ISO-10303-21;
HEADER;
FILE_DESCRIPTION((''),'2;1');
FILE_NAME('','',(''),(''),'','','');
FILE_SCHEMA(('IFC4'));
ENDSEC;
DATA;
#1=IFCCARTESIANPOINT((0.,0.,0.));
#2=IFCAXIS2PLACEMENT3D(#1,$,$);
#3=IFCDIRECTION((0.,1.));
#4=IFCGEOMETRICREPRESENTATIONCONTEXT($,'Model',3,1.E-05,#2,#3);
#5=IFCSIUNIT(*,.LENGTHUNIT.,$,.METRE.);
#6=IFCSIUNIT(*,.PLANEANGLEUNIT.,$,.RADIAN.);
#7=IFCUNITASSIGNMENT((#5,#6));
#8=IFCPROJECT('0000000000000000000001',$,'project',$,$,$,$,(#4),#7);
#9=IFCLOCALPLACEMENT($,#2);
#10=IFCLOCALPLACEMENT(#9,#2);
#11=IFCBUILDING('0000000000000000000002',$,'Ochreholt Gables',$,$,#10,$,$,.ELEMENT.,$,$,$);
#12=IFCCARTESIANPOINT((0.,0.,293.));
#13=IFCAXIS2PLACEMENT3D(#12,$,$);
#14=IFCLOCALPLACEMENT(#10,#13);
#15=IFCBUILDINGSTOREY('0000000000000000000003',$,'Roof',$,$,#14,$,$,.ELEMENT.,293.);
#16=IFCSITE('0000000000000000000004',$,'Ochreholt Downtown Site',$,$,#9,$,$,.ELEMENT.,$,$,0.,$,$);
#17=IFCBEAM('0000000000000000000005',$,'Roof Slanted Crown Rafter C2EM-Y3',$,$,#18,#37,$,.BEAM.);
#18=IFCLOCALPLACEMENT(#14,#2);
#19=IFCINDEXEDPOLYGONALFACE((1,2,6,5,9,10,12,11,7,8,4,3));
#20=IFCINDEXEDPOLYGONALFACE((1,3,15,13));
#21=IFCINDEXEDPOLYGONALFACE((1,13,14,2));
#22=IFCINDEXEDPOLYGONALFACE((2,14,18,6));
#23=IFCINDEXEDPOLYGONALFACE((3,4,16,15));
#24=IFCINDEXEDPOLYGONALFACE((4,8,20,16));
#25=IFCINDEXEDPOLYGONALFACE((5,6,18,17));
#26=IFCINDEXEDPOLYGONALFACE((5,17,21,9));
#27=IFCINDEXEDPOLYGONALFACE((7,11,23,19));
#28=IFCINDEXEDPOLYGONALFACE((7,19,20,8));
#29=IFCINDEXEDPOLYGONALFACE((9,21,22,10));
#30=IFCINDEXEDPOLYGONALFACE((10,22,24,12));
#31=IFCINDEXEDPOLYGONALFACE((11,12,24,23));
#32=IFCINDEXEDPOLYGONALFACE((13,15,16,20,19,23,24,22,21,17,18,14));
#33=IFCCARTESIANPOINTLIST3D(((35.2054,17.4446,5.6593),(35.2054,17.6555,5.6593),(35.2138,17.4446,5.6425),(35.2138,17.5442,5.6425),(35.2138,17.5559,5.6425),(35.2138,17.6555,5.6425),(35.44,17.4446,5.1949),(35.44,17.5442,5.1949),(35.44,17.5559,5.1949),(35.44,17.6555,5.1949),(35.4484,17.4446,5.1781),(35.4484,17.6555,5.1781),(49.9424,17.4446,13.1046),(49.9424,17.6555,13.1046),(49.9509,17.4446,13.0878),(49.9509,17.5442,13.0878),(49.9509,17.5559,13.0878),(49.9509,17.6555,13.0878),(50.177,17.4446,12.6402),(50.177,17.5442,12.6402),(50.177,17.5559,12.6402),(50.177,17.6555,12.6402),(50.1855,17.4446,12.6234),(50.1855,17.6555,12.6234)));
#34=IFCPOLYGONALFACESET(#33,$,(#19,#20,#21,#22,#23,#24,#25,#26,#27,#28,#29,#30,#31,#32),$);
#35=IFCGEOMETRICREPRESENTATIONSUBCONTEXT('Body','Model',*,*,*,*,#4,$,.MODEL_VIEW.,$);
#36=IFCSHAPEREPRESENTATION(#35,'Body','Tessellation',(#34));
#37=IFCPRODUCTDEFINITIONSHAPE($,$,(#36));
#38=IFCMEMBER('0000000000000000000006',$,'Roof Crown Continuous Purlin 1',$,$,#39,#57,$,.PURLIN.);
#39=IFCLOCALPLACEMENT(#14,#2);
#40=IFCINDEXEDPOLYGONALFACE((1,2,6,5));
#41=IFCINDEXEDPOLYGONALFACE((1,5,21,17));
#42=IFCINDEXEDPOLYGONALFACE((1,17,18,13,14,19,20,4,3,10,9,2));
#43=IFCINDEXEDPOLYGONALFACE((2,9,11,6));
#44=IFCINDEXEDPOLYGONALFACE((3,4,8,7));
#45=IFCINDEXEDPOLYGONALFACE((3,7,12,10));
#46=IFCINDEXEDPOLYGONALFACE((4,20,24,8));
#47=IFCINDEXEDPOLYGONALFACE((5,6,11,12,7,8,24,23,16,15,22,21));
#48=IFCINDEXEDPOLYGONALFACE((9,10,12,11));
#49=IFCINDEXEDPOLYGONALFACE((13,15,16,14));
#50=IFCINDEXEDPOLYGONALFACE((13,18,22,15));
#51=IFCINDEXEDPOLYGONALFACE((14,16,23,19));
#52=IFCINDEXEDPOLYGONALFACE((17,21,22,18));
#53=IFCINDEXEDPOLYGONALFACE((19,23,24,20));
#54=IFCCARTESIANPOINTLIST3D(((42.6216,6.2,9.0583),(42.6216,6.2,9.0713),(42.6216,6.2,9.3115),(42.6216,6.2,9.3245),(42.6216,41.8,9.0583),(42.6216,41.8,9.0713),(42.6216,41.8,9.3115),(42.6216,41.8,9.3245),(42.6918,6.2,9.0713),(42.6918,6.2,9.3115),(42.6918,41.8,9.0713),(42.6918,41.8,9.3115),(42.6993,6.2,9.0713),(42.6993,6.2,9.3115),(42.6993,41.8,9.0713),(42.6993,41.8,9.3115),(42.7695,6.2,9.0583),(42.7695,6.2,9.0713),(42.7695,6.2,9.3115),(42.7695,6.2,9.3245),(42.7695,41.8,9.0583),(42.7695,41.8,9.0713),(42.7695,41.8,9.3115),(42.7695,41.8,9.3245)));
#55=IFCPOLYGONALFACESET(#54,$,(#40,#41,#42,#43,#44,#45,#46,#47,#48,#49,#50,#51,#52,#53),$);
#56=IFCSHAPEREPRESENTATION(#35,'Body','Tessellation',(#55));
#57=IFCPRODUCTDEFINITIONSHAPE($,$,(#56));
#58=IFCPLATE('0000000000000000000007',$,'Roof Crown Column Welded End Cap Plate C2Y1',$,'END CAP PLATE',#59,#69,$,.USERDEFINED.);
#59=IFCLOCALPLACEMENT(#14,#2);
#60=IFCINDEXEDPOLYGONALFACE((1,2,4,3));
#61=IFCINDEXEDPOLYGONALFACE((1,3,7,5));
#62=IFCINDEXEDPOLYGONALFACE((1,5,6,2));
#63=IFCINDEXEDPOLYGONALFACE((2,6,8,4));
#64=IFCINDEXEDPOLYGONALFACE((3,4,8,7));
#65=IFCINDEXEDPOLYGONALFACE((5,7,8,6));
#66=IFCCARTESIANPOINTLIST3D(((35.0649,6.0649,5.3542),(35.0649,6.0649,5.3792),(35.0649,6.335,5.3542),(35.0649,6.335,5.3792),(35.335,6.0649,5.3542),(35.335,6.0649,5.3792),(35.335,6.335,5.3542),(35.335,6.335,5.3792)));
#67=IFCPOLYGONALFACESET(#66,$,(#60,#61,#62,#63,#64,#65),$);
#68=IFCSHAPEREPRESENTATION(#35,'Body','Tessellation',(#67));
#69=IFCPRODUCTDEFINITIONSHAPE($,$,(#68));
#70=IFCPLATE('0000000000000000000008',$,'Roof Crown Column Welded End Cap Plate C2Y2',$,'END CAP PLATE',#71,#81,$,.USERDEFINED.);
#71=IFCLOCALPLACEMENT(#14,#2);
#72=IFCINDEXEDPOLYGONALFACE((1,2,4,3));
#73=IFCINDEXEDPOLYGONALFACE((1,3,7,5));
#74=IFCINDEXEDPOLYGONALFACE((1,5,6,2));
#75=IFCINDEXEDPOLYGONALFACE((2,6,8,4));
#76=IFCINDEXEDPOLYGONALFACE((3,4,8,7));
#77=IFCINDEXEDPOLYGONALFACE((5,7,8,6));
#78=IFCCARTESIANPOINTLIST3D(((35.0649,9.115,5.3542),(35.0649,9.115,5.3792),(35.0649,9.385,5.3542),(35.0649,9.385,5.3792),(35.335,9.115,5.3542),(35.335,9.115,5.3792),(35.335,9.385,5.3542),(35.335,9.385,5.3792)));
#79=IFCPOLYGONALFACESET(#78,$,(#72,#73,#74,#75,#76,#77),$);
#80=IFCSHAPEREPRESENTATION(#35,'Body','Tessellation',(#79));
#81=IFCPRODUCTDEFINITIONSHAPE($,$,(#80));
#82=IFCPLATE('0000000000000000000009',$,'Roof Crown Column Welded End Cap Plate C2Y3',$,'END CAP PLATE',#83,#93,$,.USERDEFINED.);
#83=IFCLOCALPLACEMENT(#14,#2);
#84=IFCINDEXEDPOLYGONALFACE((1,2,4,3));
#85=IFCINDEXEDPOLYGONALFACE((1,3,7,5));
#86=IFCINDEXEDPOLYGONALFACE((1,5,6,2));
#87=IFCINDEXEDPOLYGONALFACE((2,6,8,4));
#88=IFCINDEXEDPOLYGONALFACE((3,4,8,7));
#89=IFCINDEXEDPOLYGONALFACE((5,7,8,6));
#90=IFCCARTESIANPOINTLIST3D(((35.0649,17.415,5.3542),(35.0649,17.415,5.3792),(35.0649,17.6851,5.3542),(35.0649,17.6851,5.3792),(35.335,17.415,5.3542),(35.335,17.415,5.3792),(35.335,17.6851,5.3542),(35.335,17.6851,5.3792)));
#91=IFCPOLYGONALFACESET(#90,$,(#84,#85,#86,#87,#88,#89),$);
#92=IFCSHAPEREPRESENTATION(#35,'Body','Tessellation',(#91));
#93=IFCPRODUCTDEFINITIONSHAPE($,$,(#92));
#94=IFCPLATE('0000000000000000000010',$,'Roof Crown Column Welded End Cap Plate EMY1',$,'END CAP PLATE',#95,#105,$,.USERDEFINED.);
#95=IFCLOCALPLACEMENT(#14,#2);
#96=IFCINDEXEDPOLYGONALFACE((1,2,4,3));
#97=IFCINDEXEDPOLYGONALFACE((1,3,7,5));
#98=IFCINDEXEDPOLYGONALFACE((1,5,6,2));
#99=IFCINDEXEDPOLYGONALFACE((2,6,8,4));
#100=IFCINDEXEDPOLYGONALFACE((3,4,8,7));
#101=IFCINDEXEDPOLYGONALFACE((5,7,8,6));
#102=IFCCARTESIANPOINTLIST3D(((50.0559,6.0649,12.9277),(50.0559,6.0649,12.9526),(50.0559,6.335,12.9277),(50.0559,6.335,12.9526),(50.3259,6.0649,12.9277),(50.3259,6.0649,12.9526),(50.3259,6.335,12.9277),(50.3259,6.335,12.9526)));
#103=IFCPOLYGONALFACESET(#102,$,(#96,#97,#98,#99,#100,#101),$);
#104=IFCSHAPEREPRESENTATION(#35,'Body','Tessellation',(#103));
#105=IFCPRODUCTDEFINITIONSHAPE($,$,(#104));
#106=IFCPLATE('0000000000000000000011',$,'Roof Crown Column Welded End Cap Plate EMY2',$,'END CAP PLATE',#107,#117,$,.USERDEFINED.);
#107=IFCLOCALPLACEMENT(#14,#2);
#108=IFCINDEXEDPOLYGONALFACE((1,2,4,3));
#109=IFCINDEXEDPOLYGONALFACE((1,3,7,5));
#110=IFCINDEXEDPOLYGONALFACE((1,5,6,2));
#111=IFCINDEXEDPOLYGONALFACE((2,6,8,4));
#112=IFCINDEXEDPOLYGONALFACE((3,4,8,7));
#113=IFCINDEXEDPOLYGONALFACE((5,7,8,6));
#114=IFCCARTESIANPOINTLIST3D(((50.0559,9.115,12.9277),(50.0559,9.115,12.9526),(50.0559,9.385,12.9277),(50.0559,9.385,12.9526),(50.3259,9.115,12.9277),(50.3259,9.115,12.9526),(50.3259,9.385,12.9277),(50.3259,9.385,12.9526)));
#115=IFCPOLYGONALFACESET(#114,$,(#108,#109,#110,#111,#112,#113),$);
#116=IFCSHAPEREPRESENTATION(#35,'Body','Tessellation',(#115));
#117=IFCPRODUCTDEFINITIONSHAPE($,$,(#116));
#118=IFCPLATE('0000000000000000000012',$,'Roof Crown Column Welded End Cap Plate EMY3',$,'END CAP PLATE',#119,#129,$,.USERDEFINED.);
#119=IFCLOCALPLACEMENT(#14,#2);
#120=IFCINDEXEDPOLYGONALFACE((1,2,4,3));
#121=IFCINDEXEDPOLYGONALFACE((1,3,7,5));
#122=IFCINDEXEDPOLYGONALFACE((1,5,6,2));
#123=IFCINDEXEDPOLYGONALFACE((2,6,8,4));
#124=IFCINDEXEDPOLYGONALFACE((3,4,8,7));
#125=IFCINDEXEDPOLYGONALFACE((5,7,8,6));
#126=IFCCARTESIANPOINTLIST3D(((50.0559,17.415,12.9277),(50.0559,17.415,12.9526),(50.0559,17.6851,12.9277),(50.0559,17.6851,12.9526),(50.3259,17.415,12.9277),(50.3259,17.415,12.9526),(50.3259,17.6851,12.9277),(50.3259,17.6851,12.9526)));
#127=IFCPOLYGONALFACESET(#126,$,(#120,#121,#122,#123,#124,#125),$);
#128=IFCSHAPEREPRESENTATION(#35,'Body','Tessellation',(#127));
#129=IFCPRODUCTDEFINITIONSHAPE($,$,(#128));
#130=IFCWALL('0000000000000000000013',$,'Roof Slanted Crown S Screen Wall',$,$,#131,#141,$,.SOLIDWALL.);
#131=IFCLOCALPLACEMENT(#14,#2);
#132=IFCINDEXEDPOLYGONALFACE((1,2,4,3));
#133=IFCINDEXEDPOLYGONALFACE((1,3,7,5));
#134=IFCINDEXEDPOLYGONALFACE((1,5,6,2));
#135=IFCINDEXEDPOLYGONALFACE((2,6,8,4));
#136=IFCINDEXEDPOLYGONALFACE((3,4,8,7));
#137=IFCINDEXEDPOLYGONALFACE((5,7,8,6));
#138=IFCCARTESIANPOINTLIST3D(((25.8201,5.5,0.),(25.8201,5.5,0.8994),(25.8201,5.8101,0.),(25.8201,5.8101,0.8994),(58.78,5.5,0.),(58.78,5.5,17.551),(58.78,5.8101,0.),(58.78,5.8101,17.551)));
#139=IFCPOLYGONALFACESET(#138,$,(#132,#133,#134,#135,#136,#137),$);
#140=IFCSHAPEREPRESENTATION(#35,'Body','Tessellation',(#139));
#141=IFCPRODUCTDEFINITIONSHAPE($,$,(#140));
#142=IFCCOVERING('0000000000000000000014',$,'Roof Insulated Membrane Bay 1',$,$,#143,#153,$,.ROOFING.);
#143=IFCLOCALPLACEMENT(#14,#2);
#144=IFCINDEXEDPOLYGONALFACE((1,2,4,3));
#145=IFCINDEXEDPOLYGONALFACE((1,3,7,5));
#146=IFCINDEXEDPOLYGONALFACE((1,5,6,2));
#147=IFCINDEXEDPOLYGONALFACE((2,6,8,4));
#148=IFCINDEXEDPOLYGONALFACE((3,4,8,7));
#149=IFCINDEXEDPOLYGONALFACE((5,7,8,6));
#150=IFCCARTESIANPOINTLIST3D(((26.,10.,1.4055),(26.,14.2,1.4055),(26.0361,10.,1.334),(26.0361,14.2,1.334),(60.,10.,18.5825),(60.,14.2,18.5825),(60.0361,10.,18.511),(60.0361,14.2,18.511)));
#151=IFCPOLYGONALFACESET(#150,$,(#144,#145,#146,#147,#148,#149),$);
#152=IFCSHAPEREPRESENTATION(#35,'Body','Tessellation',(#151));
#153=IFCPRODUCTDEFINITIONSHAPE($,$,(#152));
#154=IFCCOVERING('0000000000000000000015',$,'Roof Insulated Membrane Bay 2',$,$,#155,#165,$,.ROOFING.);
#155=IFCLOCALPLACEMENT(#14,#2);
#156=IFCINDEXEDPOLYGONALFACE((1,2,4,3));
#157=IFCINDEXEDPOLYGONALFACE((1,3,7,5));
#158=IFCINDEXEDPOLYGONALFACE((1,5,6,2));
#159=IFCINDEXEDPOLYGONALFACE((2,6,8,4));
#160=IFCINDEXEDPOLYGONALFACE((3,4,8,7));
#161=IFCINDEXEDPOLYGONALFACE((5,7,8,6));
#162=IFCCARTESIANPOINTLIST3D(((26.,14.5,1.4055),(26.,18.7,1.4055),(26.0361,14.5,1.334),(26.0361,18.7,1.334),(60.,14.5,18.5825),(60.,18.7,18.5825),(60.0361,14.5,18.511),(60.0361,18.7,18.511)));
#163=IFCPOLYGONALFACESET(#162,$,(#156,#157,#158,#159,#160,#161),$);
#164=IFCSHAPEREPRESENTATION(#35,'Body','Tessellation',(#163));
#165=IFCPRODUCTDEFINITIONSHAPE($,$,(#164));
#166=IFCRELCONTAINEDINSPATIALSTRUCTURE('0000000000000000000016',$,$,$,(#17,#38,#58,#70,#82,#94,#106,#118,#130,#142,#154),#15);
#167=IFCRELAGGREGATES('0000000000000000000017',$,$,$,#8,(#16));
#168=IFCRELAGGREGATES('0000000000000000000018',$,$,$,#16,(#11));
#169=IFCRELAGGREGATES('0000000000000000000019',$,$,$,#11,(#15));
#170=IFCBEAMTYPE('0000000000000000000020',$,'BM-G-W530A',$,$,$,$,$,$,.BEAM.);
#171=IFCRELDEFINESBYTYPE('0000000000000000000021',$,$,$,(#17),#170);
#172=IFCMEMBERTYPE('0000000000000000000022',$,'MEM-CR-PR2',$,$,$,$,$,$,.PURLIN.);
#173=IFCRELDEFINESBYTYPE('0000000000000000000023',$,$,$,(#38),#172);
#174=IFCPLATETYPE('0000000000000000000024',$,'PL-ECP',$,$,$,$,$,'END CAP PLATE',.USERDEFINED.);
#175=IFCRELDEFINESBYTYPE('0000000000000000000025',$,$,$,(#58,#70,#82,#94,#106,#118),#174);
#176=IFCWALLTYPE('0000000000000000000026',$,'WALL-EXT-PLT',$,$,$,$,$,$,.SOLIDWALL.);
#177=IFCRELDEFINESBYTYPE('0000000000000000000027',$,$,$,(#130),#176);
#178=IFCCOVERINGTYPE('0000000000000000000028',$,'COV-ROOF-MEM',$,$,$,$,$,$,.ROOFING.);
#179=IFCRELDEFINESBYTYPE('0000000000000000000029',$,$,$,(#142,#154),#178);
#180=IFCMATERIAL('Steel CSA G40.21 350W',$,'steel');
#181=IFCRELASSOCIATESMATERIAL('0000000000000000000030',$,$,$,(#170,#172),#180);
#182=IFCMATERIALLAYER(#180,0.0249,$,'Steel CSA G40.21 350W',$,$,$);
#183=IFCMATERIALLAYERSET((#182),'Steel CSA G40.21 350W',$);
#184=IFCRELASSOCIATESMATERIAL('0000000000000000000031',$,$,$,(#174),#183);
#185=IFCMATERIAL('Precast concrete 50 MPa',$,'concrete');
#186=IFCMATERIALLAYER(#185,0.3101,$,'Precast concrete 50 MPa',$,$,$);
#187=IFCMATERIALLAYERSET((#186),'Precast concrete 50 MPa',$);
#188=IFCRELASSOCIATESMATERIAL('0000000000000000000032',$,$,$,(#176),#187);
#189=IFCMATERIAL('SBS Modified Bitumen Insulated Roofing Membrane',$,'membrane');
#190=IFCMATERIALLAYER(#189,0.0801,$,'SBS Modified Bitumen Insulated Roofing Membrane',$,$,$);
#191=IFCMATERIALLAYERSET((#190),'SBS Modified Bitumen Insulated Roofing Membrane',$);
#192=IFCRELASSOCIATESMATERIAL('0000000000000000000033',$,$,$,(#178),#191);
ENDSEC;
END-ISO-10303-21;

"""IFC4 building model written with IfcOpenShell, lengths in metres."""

from ifc_helpers import new_model, si_unit, direction, frame, origin, origin_2d, place, context, subcontext, project, spatial, polyline, rectangle, i_section, outline, extrude, material, layer, layer_set, material_profile, profile_set, type_object, element, save


model = new_model("IFC4")

# Units and contexts
model_context = context("Model", 3, precision=1e-05, world=origin(), true_north=direction((0.0, 1.0)))
body_context = subcontext(model_context, "Body", "Model", "MODEL_VIEW")
ifc_project = project(units=[si_unit("LENGTHUNIT", "METRE"), si_unit("PLANEANGLEUNIT", "RADIAN")], contexts=[model_context])

# Site, building, storey
site_placement = place(None, origin())
site = spatial("IfcSite", under=ifc_project, at=site_placement, Name="Ochreholt Downtown Site", CompositionType="ELEMENT", RefElevation=0.0)
building_placement = place(site_placement, origin())
building = spatial("IfcBuilding", under=site, at=building_placement, Name="Ochreholt Gables", CompositionType="ELEMENT")
storey_placement = place(building_placement, frame((0.0, 0.0, 293.0)))
storey = spatial("IfcBuildingStorey", under=building, at=storey_placement, Name="Roof", CompositionType="ELEMENT", Elevation=293.0)

# Shared definitions
ifc_material_1 = material(Name="Steel CSA G40.21 350W", Category="steel")

# Beam
ifc_material_profile_1 = material_profile(ifc_material_1, i_section(OverallWidth=0.2109, OverallDepth=0.5391, WebThickness=0.0117, FlangeThickness=0.0188, at=origin_2d()), Name="W530X109")
ifc_profile_set_1 = profile_set([ifc_material_profile_1], Name="Steel CSA G40.21 350W")
beam_type_1 = type_object("IfcBeamType", Name="BM-G-W530A", PredefinedType="BEAM", material=ifc_profile_set_1)
for number, where, z_axis, x_axis, name in (
    (1, (35.3269, 17.55, 5.4187), (0.892559, 0.0, 0.45093), (0.0, 1.0, 0.0), "Roof Slanted Crown Rafter C2EM-Y3"),
):
    element("IfcBeam", number, at=place(storey_placement, frame(where, z_axis=z_axis, x_axis=x_axis)), inside=storey, type_object=beam_type_1, Name=name, PredefinedType="BEAM", context=body_context, shape_type="SweptSolid", body=[
        extrude(i_section(OverallWidth=0.2109, OverallDepth=0.5391, WebThickness=0.0117, FlangeThickness=0.0188, at=origin_2d()), origin(), (0.0, 0.0, 1.0), 16.511),
    ])

# Member
ifc_material_profile_2 = material_profile(ifc_material_1, i_section(OverallWidth=0.1479, OverallDepth=0.2661, WebThickness=0.0076, FlangeThickness=0.0129, at=origin_2d()), Name="W250X45")
ifc_profile_set_2 = profile_set([ifc_material_profile_2], Name="Steel CSA G40.21 350W")
member_type = type_object("IfcMemberType", Name="MEM-CR-PR2", PredefinedType="PURLIN", material=ifc_profile_set_2)
member_placement = place(storey_placement, frame((42.6956, 6.2, 9.1914), z_axis=(0.0, 1.0, 0.0), x_axis=(-1.0, 0.0, 0.0)))
element("IfcMember", 2, at=member_placement, inside=storey, type_object=member_type, Name="Roof Crown Continuous Purlin 1", PredefinedType="PURLIN", context=body_context, shape_type="SweptSolid", body=[
    extrude(i_section(OverallWidth=0.1479, OverallDepth=0.2661, WebThickness=0.0076, FlangeThickness=0.0129, at=origin_2d()), origin(), (0.0, 0.0, 1.0), 35.6001),
])

# Plates
ifc_layer_1 = layer(ifc_material_1, 0.0249, Name="Steel CSA G40.21 350W")
ifc_layer_set_1 = layer_set([ifc_layer_1], Name="Steel CSA G40.21 350W")
plate_type = type_object("IfcPlateType", Name="PL-ECP", ElementType="END CAP PLATE", PredefinedType="USERDEFINED", material=ifc_layer_set_1)
for number, where, z_axis, x_axis, name in (
    (3, (35.2, 6.2, 5.3542), (0.0, 0.0, 1.0), (1.0, 0.0, 0.0), "Roof Crown Column Welded End Cap Plate C2Y1"),
    (4, (35.2, 9.25, 5.3542), (0.0, 0.0, 1.0), (1.0, 0.0, 0.0), "Roof Crown Column Welded End Cap Plate C2Y2"),
    (5, (35.2, 17.55, 5.3542), (0.0, 0.0, 1.0), (1.0, 0.0, 0.0), "Roof Crown Column Welded End Cap Plate C2Y3"),
    (6, (50.1909, 6.2, 12.9277), (0.0, 0.0, 1.0), (1.0, 0.0, 0.0), "Roof Crown Column Welded End Cap Plate EMY1"),
    (7, (50.1909, 9.25, 12.9277), (0.0, 0.0, 1.0), (1.0, 0.0, 0.0), "Roof Crown Column Welded End Cap Plate EMY2"),
    (8, (50.1909, 17.55, 12.9277), (0.0, 0.0, 1.0), (1.0, 0.0, 0.0), "Roof Crown Column Welded End Cap Plate EMY3"),
):
    element("IfcPlate", number, at=place(storey_placement, frame(where, z_axis=z_axis, x_axis=x_axis)), inside=storey, type_object=plate_type, Name=name, ObjectType="END CAP PLATE", PredefinedType="USERDEFINED", context=body_context, shape_type="SweptSolid", body=[
        extrude(rectangle(XDim=0.27, YDim=0.27, at=origin_2d()), origin(), (0.0, 0.0, 1.0), 0.0249),
    ])

# Shared definitions
ifc_material_2 = material(Name="Precast concrete 50 MPa", Category="concrete")

# Wall
ifc_layer_2 = layer(ifc_material_2, 0.3101, Name="Precast concrete 50 MPa")
ifc_layer_set_2 = layer_set([ifc_layer_2], Name="Precast concrete 50 MPa")
wall_type = type_object("IfcWallType", Name="WALL-EXT-PLT", PredefinedType="SOLIDWALL", material=ifc_layer_set_2)
wall_placement = place(storey_placement, frame((25.8201, 5.655, 0.0), z_axis=(0.0, 0.0, 1.0), x_axis=(1.0, 0.0, 0.0)))
element("IfcWall", 9, at=wall_placement, inside=storey, type_object=wall_type, Name="Roof Slanted Crown S Screen Wall", PredefinedType="SOLIDWALL", context=body_context, shape_type="SweptSolid", body=[
    extrude(outline(polyline([(0.0, 0.0), (32.96, 0.0), (32.96, 17.551), (0.0, 0.8994), (0.0, 0.0)])), frame((0.0, 0.155, 0.0), z_axis=(0.0, -1.0, 0.0), x_axis=(1.0, 0.0, 0.0)), (0.0, 0.0, 1.0), 0.3101),
])

# Coverings
ifc_material_3 = material(Name="SBS Modified Bitumen Insulated Roofing Membrane", Category="membrane")
ifc_layer_3 = layer(ifc_material_3, 0.0801, Name="SBS Modified Bitumen Insulated Roofing Membrane")
ifc_layer_set_3 = layer_set([ifc_layer_3], Name="SBS Modified Bitumen Insulated Roofing Membrane")
covering_type = type_object("IfcCoveringType", Name="COV-ROOF-MEM", PredefinedType="ROOFING", material=ifc_layer_set_3)
for number, where, z_axis, x_axis, name in (
    (10, (26.0, 10.0, 1.4055), (-0.450927, 0.0, 0.892561), (0.892561, 0.0, 0.450927), "Roof Insulated Membrane Bay 1"),
    (11, (26.0, 14.5, 1.4055), (-0.450927, 0.0, 0.892561), (0.892561, 0.0, 0.450927), "Roof Insulated Membrane Bay 2"),
):
    element("IfcCovering", number, at=place(storey_placement, frame(where, z_axis=z_axis, x_axis=x_axis)), inside=storey, type_object=covering_type, Name=name, PredefinedType="ROOFING", context=body_context, shape_type="SweptSolid", body=[
        extrude(outline(polyline([(0.0, 0.0), (38.0926, 0.0), (38.0926, 4.2), (0.0, 4.2), (0.0, 0.0)])), origin(), (0.0, 0.0, -1.0), 0.0801),
    ])

save(model, "model.ifc")
